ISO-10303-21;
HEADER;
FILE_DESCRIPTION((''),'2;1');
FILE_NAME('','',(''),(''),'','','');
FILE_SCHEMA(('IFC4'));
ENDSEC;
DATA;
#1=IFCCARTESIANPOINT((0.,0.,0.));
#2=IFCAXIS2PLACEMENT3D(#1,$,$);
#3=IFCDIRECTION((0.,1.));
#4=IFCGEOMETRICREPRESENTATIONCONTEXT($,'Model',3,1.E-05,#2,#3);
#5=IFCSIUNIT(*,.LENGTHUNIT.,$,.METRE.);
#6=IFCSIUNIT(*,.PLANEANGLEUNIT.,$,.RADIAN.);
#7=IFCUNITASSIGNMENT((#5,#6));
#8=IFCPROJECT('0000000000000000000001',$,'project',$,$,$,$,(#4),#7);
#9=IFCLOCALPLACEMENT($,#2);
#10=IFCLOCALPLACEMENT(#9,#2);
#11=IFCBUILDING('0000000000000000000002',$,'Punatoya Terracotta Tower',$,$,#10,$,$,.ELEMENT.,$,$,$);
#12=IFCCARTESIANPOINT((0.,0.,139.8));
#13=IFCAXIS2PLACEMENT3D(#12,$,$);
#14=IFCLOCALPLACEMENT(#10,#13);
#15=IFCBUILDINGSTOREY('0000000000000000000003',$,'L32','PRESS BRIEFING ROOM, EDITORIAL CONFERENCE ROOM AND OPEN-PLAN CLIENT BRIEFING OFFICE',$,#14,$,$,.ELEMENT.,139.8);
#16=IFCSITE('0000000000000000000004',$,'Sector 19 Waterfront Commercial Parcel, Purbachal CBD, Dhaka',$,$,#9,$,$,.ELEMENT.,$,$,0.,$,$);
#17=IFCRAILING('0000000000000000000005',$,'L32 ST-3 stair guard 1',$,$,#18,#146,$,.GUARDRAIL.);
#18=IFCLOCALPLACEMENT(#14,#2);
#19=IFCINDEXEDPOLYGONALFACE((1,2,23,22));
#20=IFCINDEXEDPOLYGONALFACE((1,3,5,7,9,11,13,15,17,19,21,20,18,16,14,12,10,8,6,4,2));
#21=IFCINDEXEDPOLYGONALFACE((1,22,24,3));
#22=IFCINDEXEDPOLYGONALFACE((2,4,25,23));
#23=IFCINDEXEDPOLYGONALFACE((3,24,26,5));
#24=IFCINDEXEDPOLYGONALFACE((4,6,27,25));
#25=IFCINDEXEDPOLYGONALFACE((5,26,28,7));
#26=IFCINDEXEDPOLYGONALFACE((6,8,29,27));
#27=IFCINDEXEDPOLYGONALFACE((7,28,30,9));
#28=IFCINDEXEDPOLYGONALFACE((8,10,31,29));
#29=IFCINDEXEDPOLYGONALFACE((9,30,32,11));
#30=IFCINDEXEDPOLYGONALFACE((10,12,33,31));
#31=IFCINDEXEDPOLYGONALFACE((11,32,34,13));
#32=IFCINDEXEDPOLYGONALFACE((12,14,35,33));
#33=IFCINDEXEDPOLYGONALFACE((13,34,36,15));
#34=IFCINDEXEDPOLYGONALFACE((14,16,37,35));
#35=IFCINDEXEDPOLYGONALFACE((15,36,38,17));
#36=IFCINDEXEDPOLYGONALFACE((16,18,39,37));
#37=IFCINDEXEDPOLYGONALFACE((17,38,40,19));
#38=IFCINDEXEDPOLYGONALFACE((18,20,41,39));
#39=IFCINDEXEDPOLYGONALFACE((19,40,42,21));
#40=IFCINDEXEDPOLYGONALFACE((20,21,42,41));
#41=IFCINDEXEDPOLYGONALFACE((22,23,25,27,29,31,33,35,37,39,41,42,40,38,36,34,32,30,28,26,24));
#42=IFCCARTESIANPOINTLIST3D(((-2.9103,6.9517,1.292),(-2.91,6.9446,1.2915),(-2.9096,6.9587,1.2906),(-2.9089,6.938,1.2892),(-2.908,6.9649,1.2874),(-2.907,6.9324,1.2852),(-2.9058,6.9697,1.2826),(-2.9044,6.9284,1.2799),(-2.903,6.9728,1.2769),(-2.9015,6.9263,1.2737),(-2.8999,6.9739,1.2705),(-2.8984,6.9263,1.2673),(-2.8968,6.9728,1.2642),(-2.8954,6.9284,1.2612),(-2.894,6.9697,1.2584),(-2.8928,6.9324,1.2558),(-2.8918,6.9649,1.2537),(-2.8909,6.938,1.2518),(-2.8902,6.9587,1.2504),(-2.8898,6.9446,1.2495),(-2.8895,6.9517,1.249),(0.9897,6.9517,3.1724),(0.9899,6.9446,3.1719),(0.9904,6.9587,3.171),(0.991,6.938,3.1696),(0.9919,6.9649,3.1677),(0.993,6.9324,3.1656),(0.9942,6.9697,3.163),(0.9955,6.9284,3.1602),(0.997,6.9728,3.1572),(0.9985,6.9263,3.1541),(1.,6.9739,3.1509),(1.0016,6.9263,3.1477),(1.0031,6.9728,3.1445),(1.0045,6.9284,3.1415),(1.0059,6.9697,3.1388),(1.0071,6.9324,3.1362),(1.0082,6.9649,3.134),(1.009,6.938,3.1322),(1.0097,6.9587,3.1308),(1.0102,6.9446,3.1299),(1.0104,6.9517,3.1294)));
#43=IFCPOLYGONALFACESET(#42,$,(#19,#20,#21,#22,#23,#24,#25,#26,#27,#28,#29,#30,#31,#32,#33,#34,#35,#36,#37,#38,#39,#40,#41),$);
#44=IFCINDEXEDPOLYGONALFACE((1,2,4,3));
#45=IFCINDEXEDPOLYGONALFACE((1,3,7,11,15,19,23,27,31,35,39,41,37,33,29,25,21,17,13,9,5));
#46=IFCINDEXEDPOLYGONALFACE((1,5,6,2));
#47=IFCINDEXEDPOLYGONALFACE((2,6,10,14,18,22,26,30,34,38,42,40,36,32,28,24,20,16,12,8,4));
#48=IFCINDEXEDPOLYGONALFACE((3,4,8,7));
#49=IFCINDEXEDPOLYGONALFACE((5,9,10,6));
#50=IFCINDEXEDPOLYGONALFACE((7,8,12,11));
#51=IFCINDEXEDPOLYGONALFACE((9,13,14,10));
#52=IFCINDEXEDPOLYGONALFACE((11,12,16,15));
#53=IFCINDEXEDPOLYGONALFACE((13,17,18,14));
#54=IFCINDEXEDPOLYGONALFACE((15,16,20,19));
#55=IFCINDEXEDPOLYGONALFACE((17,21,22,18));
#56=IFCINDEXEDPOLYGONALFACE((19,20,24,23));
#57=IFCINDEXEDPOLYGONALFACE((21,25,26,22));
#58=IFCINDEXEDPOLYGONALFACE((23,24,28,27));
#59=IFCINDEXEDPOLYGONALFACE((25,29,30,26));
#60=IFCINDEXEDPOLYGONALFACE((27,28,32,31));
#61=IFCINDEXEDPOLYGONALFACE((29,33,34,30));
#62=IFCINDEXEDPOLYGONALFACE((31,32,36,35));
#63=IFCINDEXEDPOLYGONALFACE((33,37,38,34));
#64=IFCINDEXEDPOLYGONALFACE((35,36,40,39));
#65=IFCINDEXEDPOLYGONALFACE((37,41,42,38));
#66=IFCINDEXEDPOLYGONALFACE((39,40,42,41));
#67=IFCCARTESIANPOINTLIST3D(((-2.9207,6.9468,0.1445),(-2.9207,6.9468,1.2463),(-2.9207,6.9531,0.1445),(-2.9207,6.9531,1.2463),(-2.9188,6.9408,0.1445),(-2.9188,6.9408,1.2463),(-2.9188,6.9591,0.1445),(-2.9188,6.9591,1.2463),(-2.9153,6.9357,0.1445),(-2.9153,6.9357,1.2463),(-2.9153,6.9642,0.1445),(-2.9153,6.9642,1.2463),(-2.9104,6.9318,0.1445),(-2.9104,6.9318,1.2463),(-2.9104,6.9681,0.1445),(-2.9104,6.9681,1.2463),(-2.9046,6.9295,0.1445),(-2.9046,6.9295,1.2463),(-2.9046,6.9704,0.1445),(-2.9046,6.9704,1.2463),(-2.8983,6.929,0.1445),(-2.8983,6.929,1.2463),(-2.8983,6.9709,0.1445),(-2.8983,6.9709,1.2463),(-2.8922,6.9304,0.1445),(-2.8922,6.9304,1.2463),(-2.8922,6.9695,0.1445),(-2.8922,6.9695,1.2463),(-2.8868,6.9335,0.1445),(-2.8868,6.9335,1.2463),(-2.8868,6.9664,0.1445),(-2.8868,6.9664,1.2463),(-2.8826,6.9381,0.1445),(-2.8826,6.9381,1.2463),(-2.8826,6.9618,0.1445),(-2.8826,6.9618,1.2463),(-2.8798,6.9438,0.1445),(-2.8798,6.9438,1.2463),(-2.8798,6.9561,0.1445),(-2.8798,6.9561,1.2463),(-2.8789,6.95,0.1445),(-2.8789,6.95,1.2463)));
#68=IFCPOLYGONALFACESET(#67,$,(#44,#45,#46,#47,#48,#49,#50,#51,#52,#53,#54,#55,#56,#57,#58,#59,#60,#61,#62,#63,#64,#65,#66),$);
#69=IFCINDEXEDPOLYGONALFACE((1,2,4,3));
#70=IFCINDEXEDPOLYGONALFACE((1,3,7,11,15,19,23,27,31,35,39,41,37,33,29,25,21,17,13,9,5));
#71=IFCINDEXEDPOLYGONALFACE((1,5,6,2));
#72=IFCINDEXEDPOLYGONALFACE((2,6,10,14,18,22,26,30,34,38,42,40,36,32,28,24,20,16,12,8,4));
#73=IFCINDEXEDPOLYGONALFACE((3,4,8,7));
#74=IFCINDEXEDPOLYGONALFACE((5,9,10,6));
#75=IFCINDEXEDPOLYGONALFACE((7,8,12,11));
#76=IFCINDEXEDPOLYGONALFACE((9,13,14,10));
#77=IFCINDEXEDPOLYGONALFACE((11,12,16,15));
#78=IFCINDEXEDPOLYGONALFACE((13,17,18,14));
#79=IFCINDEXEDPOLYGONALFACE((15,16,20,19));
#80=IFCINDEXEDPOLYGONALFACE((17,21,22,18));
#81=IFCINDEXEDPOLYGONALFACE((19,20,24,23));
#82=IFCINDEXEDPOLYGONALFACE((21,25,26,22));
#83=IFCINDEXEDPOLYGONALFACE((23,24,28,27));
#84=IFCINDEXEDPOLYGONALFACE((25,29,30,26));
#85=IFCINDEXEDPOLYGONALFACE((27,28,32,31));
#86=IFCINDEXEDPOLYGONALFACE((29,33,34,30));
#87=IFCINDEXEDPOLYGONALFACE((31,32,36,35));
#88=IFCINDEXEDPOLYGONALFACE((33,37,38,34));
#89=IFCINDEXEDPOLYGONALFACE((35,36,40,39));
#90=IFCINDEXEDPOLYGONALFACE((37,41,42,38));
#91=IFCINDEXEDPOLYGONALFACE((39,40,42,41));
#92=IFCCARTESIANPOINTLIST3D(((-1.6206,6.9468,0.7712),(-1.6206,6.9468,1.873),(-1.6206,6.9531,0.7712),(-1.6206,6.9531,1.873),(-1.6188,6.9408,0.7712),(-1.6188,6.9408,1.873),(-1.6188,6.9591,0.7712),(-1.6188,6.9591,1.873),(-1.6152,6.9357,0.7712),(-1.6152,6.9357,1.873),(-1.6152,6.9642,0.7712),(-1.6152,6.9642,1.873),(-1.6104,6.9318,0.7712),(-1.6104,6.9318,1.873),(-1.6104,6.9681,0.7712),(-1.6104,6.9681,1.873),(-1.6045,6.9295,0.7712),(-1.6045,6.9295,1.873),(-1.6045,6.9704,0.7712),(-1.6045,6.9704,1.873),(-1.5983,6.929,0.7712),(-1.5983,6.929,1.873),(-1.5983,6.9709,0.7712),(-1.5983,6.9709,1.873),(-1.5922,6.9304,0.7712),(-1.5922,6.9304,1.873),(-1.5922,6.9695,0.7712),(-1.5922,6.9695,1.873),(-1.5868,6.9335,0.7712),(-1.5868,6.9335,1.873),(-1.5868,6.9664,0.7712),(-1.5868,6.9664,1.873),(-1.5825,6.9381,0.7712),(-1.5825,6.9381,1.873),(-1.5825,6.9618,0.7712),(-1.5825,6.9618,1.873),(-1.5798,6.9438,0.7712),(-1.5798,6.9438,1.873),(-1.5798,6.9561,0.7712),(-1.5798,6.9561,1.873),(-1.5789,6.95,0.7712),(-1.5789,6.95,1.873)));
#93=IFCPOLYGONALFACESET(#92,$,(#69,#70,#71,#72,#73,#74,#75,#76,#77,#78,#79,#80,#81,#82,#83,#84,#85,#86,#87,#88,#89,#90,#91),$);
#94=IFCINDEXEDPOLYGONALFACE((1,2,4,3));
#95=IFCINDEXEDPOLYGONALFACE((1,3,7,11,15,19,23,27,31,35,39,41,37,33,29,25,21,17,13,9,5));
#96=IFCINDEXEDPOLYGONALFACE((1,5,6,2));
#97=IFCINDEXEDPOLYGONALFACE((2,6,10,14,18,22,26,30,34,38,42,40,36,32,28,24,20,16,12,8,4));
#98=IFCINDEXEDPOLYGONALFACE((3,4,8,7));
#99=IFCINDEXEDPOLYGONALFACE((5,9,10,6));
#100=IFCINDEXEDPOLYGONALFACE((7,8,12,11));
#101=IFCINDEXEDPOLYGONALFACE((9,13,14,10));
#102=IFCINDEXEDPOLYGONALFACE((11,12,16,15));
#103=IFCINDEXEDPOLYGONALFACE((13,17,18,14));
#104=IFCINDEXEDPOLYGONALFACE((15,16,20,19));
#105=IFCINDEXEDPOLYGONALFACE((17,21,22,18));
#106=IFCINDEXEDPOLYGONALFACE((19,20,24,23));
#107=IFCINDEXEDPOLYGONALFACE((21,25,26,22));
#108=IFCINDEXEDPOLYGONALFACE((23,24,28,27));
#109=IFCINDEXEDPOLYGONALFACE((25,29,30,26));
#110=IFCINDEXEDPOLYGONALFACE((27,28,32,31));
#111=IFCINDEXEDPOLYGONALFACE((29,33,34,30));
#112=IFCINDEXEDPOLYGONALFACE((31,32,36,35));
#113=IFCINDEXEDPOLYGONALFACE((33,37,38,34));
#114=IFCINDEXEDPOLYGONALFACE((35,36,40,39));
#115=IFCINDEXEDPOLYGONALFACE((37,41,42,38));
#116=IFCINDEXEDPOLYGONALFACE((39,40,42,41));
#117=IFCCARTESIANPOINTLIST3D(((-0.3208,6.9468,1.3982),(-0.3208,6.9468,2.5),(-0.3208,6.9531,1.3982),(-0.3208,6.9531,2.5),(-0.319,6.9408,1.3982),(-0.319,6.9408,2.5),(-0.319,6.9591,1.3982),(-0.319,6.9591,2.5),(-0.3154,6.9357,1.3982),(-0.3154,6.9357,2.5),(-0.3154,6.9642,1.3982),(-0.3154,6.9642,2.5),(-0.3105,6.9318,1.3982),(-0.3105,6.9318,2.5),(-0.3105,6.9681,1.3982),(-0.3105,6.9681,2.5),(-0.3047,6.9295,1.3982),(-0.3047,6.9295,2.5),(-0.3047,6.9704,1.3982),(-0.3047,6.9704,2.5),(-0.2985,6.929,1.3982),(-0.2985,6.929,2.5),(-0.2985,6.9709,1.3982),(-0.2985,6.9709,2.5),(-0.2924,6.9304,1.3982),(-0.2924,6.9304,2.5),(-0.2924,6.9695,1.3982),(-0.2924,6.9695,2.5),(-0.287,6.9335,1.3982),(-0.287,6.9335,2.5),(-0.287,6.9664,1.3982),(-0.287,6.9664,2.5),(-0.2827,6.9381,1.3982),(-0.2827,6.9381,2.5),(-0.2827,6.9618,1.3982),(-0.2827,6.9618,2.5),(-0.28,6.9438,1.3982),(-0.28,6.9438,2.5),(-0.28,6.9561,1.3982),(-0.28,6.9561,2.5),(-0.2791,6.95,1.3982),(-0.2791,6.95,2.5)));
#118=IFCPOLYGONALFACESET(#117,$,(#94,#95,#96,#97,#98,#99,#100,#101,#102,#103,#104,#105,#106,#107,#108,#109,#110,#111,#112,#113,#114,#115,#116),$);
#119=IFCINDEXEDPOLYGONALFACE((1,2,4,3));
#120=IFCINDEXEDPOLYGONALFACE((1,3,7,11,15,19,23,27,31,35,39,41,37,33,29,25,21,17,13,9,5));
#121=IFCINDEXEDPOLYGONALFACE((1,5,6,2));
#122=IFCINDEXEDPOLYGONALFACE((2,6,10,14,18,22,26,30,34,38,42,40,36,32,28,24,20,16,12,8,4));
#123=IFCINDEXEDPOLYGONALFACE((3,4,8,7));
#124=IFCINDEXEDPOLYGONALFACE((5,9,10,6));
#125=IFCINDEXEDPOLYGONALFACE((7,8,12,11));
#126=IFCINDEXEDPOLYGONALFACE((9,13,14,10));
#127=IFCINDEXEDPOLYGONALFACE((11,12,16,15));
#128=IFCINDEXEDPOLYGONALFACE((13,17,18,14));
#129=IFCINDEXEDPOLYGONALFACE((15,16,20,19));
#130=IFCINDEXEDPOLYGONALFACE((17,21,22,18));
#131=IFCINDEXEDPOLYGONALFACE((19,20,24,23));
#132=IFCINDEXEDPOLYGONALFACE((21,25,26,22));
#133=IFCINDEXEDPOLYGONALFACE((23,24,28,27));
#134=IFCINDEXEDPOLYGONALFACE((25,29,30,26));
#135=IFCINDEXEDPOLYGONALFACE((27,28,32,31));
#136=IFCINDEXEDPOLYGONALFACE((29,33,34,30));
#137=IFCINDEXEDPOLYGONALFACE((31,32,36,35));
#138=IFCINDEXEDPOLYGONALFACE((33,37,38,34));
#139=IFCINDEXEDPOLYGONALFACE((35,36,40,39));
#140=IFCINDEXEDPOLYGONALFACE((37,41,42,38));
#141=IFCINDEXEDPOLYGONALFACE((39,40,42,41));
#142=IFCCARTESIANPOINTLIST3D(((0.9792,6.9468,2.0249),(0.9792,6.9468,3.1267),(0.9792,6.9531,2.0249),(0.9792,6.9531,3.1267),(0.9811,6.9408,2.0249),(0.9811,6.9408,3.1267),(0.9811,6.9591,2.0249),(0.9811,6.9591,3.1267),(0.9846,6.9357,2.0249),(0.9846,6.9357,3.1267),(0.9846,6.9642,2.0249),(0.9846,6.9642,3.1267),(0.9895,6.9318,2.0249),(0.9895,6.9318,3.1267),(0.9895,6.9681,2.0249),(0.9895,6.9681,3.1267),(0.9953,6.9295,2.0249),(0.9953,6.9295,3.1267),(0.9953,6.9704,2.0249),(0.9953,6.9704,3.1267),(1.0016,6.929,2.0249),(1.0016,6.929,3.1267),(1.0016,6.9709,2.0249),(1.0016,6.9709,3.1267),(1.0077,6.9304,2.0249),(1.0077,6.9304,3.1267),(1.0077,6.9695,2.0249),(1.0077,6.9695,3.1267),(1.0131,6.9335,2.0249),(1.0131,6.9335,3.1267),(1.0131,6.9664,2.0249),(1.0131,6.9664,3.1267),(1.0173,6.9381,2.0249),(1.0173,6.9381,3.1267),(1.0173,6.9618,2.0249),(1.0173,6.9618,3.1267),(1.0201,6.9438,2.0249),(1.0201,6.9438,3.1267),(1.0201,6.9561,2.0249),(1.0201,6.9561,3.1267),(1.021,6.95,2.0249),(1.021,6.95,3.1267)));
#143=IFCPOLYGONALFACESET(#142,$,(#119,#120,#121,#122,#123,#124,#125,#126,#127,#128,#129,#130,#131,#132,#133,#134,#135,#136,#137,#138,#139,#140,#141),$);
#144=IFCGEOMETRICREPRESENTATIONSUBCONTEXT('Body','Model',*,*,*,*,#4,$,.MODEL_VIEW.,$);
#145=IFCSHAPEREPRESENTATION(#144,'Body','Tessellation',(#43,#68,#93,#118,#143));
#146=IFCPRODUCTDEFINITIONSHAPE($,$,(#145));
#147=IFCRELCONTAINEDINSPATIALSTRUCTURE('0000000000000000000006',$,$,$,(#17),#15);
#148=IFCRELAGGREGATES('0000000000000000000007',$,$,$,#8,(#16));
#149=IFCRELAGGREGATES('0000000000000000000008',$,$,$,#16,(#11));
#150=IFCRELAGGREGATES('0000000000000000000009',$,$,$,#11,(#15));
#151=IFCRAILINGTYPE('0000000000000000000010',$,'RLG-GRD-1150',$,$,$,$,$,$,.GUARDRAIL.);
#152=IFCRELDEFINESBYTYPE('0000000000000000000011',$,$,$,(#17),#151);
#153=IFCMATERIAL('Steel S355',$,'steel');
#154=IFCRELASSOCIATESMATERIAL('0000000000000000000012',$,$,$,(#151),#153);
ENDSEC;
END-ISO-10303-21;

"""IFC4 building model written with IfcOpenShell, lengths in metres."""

from ifc_helpers import new_model, si_unit, direction, frame, origin, origin_2d, place, context, subcontext, project, spatial, circle, extrude, material, type_object, element, save


model = new_model("IFC4")

# Units and contexts
model_context = context("Model", 3, precision=1e-05, world=origin(), true_north=direction((0.0, 1.0)))
body_context = subcontext(model_context, "Body", "Model", "MODEL_VIEW")
ifc_project = project(units=[si_unit("LENGTHUNIT", "METRE"), si_unit("PLANEANGLEUNIT", "RADIAN")], contexts=[model_context])

# Site, building, storey
site_placement = place(None, origin())
site = spatial("IfcSite", under=ifc_project, at=site_placement, Name="Sector 19 Waterfront Commercial Parcel, Purbachal CBD, Dhaka", CompositionType="ELEMENT", RefElevation=0.0)
building_placement = place(site_placement, origin())
building = spatial("IfcBuilding", under=site, at=building_placement, Name="Punatoya Terracotta Tower", CompositionType="ELEMENT")
storey_placement = place(building_placement, frame((0.0, 0.0, 139.8)))
storey = spatial("IfcBuildingStorey", under=building, at=storey_placement, Name="L32", Description="PRESS BRIEFING ROOM, EDITORIAL CONFERENCE ROOM AND OPEN-PLAN CLIENT BRIEFING OFFICE", CompositionType="ELEMENT", Elevation=139.8)

# Shared definitions
ifc_material_1 = material(Name="Steel S355", Category="steel")

# Railing
railing_type_1 = type_object("IfcRailingType", Name="RLG-GRD-1150", PredefinedType="GUARDRAIL", material=ifc_material_1)
railing_1_placement = place(storey_placement, frame((-2.8999, 6.95, 0.1445)))
element("IfcRailing", 1, at=railing_1_placement, inside=storey, type_object=railing_type_1, Name="L32 ST-3 stair guard 1", PredefinedType="GUARDRAIL", context=body_context, shape_type="SweptSolid", body=[
    extrude(circle(Radius=0.0239, at=origin_2d()), frame((0.0, 0.0, 1.126), z_axis=(0.900763, 0.0, 0.434311), x_axis=(0.0, 1.0, 0.0)), (0.0, 0.0, 1.0), 4.3296),
    extrude(circle(Radius=0.021, at=origin_2d()), origin(), (0.0, 0.0, 1.0), 1.1018),
    extrude(circle(Radius=0.021, at=origin_2d()), frame((1.3, 0.0, 0.6267)), (0.0, 0.0, 1.0), 1.1018),
    extrude(circle(Radius=0.021, at=origin_2d()), frame((2.5999, 0.0, 1.2537)), (0.0, 0.0, 1.0), 1.1018),
    extrude(circle(Radius=0.021, at=origin_2d()), frame((3.8999, 0.0, 1.8804)), (0.0, 0.0, 1.0), 1.1018),
])

save(model, "model.ifc")
